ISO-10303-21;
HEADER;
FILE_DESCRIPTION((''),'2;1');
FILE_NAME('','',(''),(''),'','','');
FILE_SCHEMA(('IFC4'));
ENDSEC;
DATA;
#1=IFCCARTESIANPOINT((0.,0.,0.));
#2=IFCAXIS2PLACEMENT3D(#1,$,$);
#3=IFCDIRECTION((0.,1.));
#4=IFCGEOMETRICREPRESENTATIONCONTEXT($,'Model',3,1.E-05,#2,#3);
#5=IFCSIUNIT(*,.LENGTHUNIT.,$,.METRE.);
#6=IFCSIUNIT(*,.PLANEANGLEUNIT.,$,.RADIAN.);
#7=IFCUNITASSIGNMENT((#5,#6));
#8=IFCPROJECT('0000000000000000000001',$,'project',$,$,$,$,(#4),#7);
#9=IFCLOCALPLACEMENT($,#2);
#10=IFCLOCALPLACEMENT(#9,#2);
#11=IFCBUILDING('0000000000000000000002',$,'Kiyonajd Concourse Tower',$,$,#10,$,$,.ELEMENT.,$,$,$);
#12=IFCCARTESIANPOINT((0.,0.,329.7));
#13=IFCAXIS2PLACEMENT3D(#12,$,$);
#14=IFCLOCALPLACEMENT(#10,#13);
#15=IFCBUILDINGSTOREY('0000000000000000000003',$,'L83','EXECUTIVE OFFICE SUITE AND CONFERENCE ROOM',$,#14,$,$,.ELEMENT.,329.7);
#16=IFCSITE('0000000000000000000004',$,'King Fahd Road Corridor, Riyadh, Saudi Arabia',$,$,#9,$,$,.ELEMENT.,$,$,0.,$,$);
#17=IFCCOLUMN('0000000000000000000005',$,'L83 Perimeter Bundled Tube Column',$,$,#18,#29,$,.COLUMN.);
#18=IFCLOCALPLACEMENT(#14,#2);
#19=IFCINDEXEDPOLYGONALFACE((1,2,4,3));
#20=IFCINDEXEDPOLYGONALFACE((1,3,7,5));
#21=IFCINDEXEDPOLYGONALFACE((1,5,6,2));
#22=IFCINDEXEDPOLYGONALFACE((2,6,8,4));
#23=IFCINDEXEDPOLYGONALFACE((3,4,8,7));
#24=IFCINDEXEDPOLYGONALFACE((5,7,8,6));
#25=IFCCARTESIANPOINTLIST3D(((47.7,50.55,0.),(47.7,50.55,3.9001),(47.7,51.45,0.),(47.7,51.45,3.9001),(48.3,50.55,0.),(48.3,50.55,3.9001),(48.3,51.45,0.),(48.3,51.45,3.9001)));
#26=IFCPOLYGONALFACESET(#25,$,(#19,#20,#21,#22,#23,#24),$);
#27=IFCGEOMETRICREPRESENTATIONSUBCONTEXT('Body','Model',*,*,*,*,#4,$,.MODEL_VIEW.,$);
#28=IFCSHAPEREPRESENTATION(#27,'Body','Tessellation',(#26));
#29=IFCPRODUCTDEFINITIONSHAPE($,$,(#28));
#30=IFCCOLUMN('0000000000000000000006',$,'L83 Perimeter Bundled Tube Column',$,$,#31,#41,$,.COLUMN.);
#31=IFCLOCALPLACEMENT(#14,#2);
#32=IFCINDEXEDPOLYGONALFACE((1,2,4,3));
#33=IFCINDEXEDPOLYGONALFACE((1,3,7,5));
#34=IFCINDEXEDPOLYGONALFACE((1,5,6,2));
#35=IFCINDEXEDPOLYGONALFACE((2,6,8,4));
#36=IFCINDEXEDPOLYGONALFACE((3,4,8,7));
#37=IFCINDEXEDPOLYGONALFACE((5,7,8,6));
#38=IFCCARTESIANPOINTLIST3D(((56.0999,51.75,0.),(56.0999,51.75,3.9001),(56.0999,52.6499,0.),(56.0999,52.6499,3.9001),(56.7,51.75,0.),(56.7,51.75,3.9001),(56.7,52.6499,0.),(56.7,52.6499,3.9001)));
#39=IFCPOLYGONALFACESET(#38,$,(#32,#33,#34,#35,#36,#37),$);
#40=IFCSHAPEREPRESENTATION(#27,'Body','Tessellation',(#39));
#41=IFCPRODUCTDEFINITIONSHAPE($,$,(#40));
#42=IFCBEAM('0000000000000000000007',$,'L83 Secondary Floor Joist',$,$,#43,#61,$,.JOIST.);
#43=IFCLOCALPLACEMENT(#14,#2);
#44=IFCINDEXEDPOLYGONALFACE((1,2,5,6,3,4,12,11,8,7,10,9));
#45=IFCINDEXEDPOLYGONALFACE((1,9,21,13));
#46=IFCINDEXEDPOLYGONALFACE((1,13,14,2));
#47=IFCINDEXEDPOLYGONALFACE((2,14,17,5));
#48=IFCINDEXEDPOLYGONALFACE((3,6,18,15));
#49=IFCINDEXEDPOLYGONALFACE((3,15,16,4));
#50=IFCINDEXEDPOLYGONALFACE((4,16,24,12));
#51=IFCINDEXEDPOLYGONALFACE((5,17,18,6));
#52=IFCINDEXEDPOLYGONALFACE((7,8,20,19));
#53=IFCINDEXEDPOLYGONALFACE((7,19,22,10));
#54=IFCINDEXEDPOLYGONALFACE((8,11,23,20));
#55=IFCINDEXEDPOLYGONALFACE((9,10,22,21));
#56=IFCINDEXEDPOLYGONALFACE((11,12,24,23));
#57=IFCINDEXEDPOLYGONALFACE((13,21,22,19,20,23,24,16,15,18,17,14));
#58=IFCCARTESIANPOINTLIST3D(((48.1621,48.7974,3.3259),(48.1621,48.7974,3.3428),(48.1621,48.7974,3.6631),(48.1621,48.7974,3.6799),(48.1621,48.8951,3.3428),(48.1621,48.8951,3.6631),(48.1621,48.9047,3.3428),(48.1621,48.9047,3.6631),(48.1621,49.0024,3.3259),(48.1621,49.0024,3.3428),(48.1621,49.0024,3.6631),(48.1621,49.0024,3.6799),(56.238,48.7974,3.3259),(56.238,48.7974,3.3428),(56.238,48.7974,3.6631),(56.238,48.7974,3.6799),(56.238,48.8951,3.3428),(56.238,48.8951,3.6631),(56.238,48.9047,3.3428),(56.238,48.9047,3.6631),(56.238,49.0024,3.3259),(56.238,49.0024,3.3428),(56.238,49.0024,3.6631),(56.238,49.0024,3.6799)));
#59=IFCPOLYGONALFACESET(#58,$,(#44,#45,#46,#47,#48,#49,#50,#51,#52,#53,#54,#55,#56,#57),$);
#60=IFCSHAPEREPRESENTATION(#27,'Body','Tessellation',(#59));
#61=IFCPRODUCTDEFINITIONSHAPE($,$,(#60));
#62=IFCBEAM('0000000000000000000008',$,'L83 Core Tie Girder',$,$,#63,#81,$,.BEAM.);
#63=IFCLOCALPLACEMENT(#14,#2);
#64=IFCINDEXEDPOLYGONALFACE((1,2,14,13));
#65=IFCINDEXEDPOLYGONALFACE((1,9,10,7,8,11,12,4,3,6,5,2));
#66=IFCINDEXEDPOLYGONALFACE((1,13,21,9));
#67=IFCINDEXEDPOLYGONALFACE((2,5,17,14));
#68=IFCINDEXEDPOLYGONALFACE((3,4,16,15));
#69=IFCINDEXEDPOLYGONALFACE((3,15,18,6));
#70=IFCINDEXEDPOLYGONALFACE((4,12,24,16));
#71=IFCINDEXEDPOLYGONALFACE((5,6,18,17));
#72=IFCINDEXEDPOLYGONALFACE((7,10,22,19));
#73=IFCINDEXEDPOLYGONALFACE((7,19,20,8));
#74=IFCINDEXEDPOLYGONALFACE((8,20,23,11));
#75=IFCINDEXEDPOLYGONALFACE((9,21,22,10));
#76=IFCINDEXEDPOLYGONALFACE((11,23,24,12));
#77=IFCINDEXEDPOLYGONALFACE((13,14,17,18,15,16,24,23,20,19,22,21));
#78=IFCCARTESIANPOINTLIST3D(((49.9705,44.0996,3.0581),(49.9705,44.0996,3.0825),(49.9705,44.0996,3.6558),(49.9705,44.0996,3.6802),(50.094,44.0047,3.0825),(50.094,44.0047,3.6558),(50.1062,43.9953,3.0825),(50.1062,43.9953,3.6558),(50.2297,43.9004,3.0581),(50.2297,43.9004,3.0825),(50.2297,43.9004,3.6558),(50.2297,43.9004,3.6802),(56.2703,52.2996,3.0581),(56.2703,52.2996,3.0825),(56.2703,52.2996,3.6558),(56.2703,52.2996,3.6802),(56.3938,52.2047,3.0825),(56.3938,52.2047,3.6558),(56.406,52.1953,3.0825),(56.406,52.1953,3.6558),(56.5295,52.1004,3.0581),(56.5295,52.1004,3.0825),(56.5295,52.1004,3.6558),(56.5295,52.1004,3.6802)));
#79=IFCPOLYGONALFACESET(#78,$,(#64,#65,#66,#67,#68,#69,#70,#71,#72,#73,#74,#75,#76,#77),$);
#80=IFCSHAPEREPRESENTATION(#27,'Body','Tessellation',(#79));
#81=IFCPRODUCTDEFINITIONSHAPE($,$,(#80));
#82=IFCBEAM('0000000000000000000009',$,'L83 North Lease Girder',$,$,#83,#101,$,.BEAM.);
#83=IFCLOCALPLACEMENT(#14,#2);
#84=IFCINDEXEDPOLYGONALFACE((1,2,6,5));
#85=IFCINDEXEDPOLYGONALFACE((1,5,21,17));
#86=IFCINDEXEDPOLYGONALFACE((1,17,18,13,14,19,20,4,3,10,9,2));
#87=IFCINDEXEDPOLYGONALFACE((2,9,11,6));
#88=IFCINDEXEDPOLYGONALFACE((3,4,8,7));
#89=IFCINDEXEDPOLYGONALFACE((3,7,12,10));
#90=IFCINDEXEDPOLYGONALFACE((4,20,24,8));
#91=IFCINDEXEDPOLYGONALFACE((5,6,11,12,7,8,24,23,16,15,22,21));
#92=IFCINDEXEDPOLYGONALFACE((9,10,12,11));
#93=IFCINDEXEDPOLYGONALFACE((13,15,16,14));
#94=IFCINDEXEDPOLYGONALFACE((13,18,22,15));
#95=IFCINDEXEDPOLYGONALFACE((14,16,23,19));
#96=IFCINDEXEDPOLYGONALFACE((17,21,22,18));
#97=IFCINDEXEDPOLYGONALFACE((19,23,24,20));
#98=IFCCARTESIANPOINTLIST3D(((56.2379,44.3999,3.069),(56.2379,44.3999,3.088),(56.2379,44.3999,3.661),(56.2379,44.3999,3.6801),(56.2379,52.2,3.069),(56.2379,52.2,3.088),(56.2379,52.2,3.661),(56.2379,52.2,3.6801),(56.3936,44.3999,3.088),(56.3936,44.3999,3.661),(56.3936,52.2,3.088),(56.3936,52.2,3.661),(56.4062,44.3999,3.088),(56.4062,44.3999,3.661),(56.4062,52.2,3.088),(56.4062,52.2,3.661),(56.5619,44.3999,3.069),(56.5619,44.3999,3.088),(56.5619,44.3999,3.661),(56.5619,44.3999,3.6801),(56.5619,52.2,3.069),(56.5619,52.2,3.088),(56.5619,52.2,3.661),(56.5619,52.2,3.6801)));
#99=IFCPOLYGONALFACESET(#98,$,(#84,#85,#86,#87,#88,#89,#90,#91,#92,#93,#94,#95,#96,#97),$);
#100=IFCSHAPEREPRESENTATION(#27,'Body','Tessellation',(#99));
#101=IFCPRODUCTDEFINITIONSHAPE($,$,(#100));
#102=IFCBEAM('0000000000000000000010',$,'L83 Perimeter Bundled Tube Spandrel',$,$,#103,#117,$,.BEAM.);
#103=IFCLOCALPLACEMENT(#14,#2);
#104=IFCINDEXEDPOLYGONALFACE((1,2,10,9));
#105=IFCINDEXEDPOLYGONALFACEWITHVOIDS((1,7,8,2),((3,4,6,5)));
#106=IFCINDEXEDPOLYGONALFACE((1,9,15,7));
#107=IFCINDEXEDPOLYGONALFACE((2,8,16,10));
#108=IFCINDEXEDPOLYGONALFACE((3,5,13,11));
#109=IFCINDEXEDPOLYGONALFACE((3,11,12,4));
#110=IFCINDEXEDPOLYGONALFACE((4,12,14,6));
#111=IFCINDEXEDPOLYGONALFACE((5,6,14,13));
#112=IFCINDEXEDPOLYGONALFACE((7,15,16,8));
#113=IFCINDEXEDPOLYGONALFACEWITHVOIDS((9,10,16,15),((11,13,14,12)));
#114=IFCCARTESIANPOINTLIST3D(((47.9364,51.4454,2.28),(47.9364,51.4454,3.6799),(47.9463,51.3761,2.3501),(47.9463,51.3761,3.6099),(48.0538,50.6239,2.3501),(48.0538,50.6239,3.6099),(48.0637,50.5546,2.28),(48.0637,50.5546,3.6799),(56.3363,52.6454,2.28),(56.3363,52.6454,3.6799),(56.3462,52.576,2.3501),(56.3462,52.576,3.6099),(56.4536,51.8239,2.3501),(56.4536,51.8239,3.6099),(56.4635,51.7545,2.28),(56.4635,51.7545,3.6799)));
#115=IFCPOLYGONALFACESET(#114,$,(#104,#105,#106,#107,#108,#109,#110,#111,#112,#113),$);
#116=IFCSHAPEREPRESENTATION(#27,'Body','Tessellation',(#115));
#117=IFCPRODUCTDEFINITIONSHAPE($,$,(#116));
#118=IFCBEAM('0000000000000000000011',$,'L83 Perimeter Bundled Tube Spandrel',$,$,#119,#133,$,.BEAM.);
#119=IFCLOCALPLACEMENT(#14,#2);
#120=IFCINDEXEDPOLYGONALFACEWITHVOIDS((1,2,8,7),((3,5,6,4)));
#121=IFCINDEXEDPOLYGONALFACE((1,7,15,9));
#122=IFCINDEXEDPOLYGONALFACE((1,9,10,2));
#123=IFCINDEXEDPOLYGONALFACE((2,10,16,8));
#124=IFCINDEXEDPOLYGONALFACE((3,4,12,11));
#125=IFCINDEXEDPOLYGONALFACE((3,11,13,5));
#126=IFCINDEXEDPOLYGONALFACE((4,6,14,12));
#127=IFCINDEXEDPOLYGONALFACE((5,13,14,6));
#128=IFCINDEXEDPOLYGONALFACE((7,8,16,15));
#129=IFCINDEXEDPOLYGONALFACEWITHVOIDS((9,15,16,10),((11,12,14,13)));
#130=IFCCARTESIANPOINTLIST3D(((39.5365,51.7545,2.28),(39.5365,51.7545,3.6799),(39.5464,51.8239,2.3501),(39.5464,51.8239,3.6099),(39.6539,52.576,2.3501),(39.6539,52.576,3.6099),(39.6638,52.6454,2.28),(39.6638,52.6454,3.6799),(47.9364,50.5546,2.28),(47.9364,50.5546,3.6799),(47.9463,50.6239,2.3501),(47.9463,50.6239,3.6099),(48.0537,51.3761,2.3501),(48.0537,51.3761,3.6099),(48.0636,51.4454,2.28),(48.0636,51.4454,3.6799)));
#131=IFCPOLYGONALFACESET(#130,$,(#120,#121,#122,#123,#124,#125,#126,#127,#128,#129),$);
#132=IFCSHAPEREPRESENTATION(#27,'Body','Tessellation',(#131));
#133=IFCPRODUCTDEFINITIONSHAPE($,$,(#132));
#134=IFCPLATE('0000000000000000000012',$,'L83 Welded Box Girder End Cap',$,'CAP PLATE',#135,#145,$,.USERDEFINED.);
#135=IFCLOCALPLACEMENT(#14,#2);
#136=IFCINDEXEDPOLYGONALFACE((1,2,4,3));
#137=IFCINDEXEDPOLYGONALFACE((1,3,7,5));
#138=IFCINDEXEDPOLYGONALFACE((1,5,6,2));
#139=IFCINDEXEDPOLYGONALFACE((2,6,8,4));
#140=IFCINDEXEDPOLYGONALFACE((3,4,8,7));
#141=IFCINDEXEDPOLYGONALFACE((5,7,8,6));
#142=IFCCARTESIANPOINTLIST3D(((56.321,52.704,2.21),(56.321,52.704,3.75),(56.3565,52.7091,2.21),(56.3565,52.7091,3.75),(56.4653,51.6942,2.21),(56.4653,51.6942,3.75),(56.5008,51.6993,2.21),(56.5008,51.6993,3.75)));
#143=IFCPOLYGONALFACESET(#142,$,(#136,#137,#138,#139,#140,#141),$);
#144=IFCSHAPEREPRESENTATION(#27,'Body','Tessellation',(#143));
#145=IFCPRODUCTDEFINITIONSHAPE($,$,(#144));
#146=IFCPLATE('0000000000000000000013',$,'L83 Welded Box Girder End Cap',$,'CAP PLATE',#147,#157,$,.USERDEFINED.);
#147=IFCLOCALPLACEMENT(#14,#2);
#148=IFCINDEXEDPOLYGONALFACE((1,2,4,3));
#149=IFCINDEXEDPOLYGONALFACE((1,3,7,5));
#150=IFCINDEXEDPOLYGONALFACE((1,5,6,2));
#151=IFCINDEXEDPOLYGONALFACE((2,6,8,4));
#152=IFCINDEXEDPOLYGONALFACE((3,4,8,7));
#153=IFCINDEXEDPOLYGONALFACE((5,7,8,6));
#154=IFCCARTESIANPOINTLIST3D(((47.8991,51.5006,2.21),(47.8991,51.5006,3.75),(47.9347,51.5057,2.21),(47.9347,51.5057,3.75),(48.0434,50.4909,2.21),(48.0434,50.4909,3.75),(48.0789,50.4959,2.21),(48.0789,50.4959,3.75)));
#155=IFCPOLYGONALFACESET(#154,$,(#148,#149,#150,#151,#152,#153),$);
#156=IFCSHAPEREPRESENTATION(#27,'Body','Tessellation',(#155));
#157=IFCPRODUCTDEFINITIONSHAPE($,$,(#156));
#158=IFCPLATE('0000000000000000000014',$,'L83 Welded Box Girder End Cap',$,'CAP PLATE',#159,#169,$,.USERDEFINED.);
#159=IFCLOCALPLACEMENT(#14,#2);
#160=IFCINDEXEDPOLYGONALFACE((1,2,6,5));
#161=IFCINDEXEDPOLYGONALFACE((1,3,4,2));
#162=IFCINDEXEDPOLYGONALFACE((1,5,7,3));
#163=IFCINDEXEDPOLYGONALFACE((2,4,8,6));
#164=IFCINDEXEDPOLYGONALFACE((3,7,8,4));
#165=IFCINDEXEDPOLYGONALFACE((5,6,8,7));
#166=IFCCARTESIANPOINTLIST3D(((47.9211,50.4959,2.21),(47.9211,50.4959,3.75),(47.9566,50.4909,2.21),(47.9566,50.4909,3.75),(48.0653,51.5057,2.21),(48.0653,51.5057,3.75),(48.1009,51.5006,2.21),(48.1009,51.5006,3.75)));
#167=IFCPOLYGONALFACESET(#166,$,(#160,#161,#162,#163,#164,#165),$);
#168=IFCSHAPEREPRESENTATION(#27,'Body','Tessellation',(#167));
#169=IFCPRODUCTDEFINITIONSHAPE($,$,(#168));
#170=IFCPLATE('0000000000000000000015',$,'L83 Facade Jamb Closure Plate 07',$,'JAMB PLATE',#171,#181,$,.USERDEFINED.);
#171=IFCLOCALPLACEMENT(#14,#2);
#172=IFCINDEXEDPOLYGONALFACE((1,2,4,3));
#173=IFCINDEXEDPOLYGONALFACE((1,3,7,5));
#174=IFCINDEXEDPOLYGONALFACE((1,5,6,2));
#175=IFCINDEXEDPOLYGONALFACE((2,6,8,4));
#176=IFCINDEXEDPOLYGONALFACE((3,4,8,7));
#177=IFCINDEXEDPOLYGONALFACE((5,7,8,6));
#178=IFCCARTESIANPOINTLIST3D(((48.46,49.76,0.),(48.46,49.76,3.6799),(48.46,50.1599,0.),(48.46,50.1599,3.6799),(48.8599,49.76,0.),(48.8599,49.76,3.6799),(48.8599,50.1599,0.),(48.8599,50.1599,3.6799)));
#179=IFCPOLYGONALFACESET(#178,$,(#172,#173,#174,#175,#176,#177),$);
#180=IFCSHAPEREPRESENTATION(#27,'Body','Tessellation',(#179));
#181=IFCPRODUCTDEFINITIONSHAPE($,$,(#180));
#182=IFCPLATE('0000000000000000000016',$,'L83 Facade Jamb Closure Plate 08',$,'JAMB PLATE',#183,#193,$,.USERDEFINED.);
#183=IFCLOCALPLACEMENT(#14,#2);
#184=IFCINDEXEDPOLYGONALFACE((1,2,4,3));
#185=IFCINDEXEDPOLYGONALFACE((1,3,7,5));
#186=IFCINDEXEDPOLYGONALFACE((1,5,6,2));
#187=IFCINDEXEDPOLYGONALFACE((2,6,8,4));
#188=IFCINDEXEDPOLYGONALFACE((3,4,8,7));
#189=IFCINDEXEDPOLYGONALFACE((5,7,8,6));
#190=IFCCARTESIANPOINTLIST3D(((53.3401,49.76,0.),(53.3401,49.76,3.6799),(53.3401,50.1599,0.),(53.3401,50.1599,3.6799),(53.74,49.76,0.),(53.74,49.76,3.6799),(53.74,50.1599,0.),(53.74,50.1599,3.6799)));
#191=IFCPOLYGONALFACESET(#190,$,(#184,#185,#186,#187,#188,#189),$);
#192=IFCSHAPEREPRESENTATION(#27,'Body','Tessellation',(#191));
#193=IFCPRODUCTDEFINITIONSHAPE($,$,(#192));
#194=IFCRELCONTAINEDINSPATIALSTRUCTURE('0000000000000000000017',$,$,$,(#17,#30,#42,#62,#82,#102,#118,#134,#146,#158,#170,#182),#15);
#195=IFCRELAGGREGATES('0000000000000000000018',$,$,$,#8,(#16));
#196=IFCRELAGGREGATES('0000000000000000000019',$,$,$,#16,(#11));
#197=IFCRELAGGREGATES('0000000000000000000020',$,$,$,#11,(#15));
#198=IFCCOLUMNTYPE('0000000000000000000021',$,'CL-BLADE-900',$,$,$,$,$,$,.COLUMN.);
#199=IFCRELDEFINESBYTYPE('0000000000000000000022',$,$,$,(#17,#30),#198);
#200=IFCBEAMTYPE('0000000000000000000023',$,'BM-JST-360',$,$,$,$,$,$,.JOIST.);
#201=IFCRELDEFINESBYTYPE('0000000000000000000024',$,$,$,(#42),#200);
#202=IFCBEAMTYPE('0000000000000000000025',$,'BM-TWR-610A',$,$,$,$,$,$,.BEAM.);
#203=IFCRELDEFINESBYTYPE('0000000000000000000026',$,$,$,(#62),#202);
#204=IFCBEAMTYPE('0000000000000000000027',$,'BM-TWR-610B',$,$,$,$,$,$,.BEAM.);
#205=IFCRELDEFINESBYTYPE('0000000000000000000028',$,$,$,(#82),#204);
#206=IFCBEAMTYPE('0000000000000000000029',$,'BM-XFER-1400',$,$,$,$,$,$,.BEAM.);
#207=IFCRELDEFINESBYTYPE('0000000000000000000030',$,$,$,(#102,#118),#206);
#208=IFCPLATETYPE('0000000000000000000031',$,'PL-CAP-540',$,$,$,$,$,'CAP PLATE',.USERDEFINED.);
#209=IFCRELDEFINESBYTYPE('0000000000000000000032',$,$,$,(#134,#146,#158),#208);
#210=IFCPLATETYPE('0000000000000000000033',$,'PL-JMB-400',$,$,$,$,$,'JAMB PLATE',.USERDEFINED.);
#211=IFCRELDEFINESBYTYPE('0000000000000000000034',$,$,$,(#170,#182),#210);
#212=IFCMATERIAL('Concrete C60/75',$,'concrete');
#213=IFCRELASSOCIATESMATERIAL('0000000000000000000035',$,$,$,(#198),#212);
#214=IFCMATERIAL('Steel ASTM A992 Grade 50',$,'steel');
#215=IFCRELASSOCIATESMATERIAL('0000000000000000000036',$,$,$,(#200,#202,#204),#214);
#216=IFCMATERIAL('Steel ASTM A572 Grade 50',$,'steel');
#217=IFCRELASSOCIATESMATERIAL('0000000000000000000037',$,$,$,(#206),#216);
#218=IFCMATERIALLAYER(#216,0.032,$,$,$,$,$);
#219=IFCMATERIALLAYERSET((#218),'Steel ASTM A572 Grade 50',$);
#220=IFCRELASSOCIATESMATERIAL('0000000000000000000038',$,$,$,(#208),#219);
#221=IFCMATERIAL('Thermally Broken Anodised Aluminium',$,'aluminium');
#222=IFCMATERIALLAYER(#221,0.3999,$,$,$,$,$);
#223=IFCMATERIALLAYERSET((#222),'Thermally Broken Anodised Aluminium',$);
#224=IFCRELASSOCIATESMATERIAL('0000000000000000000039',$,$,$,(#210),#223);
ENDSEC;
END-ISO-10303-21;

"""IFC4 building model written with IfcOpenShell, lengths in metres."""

from ifc_helpers import new_model, si_unit, direction, frame, origin, origin_2d, place, context, subcontext, project, spatial, rectangle, hollow_rectangle, i_section, extrude, material, layer, layer_set, material_profile, profile_set, type_object, element, save


model = new_model("IFC4")

# Units and contexts
model_context = context("Model", 3, precision=1e-05, world=origin(), true_north=direction((0.0, 1.0)))
body_context = subcontext(model_context, "Body", "Model", "MODEL_VIEW")
ifc_project = project(units=[si_unit("LENGTHUNIT", "METRE"), si_unit("PLANEANGLEUNIT", "RADIAN")], contexts=[model_context])

# Site, building, storey
site_placement = place(None, origin())
site = spatial("IfcSite", under=ifc_project, at=site_placement, Name="King Fahd Road Corridor, Riyadh, Saudi Arabia", CompositionType="ELEMENT", RefElevation=0.0)
building_placement = place(site_placement, origin())
building = spatial("IfcBuilding", under=site, at=building_placement, Name="Kiyonajd Concourse Tower", CompositionType="ELEMENT")
storey_placement = place(building_placement, frame((0.0, 0.0, 329.7)))
storey = spatial("IfcBuildingStorey", under=building, at=storey_placement, Name="L83", Description="EXECUTIVE OFFICE SUITE AND CONFERENCE ROOM", CompositionType="ELEMENT", Elevation=329.7)

# Columns
ifc_material_1 = material(Name="Concrete C60/75", Category="concrete")
ifc_material_profile_1 = material_profile(ifc_material_1, rectangle(XDim=0.6001, YDim=0.8999, at=origin_2d()), Name="RC-900x600")
ifc_profile_set_1 = profile_set([ifc_material_profile_1], Name="Concrete C60/75")
column_type = type_object("IfcColumnType", Name="CL-BLADE-900", PredefinedType="COLUMN", material=ifc_profile_set_1)
for number, where, z_axis, x_axis, name in (
    (1, (48.0, 51.0, 0.0), (0.0, 0.0, 1.0), (1.0, 0.0, 0.0), "L83 Perimeter Bundled Tube Column"),
    (2, (56.3999, 52.2, 0.0), (0.0, 0.0, 1.0), (1.0, 0.0, 0.0), "L83 Perimeter Bundled Tube Column"),
):
    element("IfcColumn", number, at=place(storey_placement, frame(where, z_axis=z_axis, x_axis=x_axis)), inside=storey, type_object=column_type, Name=name, PredefinedType="COLUMN", context=body_context, shape_type="SweptSolid", body=[
        extrude(rectangle(XDim=0.6001, YDim=0.8999, at=origin_2d()), origin(), (0.0, 0.0, 1.0), 3.9001),
    ])

# Beams
ifc_material_2 = material(Name="Steel ASTM A992 Grade 50", Category="steel")
ifc_material_profile_2 = material_profile(ifc_material_2, i_section(OverallWidth=0.2051, OverallDepth=0.354, WebThickness=0.0095, FlangeThickness=0.0168, at=origin_2d()), Name="W360X79")
ifc_profile_set_2 = profile_set([ifc_material_profile_2], Name="Steel ASTM A992 Grade 50")
beam_type_1 = type_object("IfcBeamType", Name="BM-JST-360", PredefinedType="JOIST", material=ifc_profile_set_2)
beam_1_placement = place(storey_placement, frame((48.1621, 48.8999, 3.5029), z_axis=(1.0, 0.0, 0.0), x_axis=(0.0, 1.0, 0.0)))
element("IfcBeam", 3, at=beam_1_placement, inside=storey, type_object=beam_type_1, Name="L83 Secondary Floor Joist", PredefinedType="JOIST", context=body_context, shape_type="SweptSolid", body=[
    extrude(i_section(OverallWidth=0.2051, OverallDepth=0.354, WebThickness=0.0095, FlangeThickness=0.0168, at=origin_2d()), origin(), (0.0, 0.0, 1.0), 8.0759),
])
ifc_material_profile_3 = material_profile(ifc_material_2, i_section(OverallWidth=0.3269, OverallDepth=0.6221, WebThickness=0.0154, FlangeThickness=0.0244, at=origin_2d()), Name="W610X195")
ifc_profile_set_3 = profile_set([ifc_material_profile_3], Name="Steel ASTM A992 Grade 50")
beam_type_2 = type_object("IfcBeamType", Name="BM-TWR-610A", PredefinedType="BEAM", material=ifc_profile_set_3)
beam_2_placement = place(storey_placement, frame((50.1001, 44.0, 3.3691), z_axis=(0.609234, 0.792991, 0.0), x_axis=(-0.792991, 0.609234, 0.0)))
element("IfcBeam", 4, at=beam_2_placement, inside=storey, type_object=beam_type_2, Name="L83 Core Tie Girder", PredefinedType="BEAM", context=body_context, shape_type="SweptSolid", body=[
    extrude(i_section(OverallWidth=0.3269, OverallDepth=0.6221, WebThickness=0.0154, FlangeThickness=0.0244, at=origin_2d()), origin(), (0.0, 0.0, 1.0), 10.3406),
])
ifc_material_profile_4 = material_profile(ifc_material_2, i_section(OverallWidth=0.324, OverallDepth=0.6111, WebThickness=0.0127, FlangeThickness=0.019, at=origin_2d()), Name="W610X155")
ifc_profile_set_4 = profile_set([ifc_material_profile_4], Name="Steel ASTM A992 Grade 50")
beam_type_3 = type_object("IfcBeamType", Name="BM-TWR-610B", PredefinedType="BEAM", material=ifc_profile_set_4)
beam_3_placement = place(storey_placement, frame((56.3999, 44.3999, 3.3745), z_axis=(0.0, 1.0, 0.0), x_axis=(-1.0, 0.0, 0.0)))
element("IfcBeam", 5, at=beam_3_placement, inside=storey, type_object=beam_type_3, Name="L83 North Lease Girder", PredefinedType="BEAM", context=body_context, shape_type="SweptSolid", body=[
    extrude(i_section(OverallWidth=0.324, OverallDepth=0.6111, WebThickness=0.0127, FlangeThickness=0.019, at=origin_2d()), origin(), (0.0, 0.0, 1.0), 7.8),
])
ifc_material_3 = material(Name="Steel ASTM A572 Grade 50", Category="steel")
ifc_material_profile_5 = material_profile(ifc_material_3, hollow_rectangle(XDim=0.8999, YDim=1.3999, WallThickness=0.0701, at=origin_2d()), Name="BOX-1400x900x70")
ifc_profile_set_5 = profile_set([ifc_material_profile_5], Name="Steel ASTM A572 Grade 50")
beam_type_4 = type_object("IfcBeamType", Name="BM-XFER-1400", PredefinedType="BEAM", material=ifc_profile_set_5)
for number, where, z_axis, x_axis, name in (
    (6, (56.3999, 52.2, 2.98), (-0.98995, -0.141417, 0.0), (0.141417, -0.98995, 0.0), "L83 Perimeter Bundled Tube Spandrel"),
    (7, (48.0, 51.0, 2.98), (-0.98995, 0.141417, 0.0), (-0.141417, -0.98995, 0.0), "L83 Perimeter Bundled Tube Spandrel"),
):
    element("IfcBeam", number, at=place(storey_placement, frame(where, z_axis=z_axis, x_axis=x_axis)), inside=storey, type_object=beam_type_4, Name=name, PredefinedType="BEAM", context=body_context, shape_type="SweptSolid", body=[
        extrude(hollow_rectangle(XDim=0.8999, YDim=1.3999, WallThickness=0.0701, at=origin_2d()), origin(), (0.0, 0.0, 1.0), 8.4851),
    ])

# Plates
ifc_layer_1 = layer(ifc_material_3, 0.032)
ifc_layer_set_1 = layer_set([ifc_layer_1], Name="Steel ASTM A572 Grade 50")
plate_type_1 = type_object("IfcPlateType", Name="PL-CAP-540", ElementType="CAP PLATE", PredefinedType="USERDEFINED", material=ifc_layer_set_1)
for number, where, z_axis, x_axis, name in (
    (8, (56.4109, 52.2017, 2.21), (0.0, 0.0, 1.0), (0.98995, 0.14142, 0.0), "L83 Welded Box Girder End Cap"),
    (9, (47.989, 50.9983, 2.21), (0.0, 0.0, 1.0), (-0.98995, -0.14142, 0.0), "L83 Welded Box Girder End Cap"),
    (10, (48.011, 50.9983, 2.21), (0.0, 0.0, 1.0), (0.98995, -0.14142, 0.0), "L83 Welded Box Girder End Cap"),
):
    element("IfcPlate", number, at=place(storey_placement, frame(where, z_axis=z_axis, x_axis=x_axis)), inside=storey, type_object=plate_type_1, Name=name, ObjectType="CAP PLATE", PredefinedType="USERDEFINED", context=body_context, shape_type="SweptSolid", body=[
        extrude(rectangle(XDim=0.0359, YDim=1.02, at=origin_2d()), origin(), (0.0, 0.0, 1.0), 1.54),
    ])
ifc_material_4 = material(Name="Thermally Broken Anodised Aluminium", Category="aluminium")
ifc_layer_2 = layer(ifc_material_4, 0.3999)
ifc_layer_set_2 = layer_set([ifc_layer_2], Name="Thermally Broken Anodised Aluminium")
plate_type_2 = type_object("IfcPlateType", Name="PL-JMB-400", ElementType="JAMB PLATE", PredefinedType="USERDEFINED", material=ifc_layer_set_2)
for number, where, z_axis, x_axis, name in (
    (11, (48.6599, 49.96, 0.0), (0.0, 0.0, 1.0), (1.0, 0.0, 0.0), "L83 Facade Jamb Closure Plate 07"),
    (12, (53.54, 49.96, 0.0), (0.0, 0.0, 1.0), (1.0, 0.0, 0.0), "L83 Facade Jamb Closure Plate 08"),
):
    element("IfcPlate", number, at=place(storey_placement, frame(where, z_axis=z_axis, x_axis=x_axis)), inside=storey, type_object=plate_type_2, Name=name, ObjectType="JAMB PLATE", PredefinedType="USERDEFINED", context=body_context, shape_type="SweptSolid", body=[
        extrude(rectangle(XDim=0.3999, YDim=0.3999, at=origin_2d()), origin(), (0.0, 0.0, 1.0), 3.6799),
    ])

save(model, "model.ifc")
